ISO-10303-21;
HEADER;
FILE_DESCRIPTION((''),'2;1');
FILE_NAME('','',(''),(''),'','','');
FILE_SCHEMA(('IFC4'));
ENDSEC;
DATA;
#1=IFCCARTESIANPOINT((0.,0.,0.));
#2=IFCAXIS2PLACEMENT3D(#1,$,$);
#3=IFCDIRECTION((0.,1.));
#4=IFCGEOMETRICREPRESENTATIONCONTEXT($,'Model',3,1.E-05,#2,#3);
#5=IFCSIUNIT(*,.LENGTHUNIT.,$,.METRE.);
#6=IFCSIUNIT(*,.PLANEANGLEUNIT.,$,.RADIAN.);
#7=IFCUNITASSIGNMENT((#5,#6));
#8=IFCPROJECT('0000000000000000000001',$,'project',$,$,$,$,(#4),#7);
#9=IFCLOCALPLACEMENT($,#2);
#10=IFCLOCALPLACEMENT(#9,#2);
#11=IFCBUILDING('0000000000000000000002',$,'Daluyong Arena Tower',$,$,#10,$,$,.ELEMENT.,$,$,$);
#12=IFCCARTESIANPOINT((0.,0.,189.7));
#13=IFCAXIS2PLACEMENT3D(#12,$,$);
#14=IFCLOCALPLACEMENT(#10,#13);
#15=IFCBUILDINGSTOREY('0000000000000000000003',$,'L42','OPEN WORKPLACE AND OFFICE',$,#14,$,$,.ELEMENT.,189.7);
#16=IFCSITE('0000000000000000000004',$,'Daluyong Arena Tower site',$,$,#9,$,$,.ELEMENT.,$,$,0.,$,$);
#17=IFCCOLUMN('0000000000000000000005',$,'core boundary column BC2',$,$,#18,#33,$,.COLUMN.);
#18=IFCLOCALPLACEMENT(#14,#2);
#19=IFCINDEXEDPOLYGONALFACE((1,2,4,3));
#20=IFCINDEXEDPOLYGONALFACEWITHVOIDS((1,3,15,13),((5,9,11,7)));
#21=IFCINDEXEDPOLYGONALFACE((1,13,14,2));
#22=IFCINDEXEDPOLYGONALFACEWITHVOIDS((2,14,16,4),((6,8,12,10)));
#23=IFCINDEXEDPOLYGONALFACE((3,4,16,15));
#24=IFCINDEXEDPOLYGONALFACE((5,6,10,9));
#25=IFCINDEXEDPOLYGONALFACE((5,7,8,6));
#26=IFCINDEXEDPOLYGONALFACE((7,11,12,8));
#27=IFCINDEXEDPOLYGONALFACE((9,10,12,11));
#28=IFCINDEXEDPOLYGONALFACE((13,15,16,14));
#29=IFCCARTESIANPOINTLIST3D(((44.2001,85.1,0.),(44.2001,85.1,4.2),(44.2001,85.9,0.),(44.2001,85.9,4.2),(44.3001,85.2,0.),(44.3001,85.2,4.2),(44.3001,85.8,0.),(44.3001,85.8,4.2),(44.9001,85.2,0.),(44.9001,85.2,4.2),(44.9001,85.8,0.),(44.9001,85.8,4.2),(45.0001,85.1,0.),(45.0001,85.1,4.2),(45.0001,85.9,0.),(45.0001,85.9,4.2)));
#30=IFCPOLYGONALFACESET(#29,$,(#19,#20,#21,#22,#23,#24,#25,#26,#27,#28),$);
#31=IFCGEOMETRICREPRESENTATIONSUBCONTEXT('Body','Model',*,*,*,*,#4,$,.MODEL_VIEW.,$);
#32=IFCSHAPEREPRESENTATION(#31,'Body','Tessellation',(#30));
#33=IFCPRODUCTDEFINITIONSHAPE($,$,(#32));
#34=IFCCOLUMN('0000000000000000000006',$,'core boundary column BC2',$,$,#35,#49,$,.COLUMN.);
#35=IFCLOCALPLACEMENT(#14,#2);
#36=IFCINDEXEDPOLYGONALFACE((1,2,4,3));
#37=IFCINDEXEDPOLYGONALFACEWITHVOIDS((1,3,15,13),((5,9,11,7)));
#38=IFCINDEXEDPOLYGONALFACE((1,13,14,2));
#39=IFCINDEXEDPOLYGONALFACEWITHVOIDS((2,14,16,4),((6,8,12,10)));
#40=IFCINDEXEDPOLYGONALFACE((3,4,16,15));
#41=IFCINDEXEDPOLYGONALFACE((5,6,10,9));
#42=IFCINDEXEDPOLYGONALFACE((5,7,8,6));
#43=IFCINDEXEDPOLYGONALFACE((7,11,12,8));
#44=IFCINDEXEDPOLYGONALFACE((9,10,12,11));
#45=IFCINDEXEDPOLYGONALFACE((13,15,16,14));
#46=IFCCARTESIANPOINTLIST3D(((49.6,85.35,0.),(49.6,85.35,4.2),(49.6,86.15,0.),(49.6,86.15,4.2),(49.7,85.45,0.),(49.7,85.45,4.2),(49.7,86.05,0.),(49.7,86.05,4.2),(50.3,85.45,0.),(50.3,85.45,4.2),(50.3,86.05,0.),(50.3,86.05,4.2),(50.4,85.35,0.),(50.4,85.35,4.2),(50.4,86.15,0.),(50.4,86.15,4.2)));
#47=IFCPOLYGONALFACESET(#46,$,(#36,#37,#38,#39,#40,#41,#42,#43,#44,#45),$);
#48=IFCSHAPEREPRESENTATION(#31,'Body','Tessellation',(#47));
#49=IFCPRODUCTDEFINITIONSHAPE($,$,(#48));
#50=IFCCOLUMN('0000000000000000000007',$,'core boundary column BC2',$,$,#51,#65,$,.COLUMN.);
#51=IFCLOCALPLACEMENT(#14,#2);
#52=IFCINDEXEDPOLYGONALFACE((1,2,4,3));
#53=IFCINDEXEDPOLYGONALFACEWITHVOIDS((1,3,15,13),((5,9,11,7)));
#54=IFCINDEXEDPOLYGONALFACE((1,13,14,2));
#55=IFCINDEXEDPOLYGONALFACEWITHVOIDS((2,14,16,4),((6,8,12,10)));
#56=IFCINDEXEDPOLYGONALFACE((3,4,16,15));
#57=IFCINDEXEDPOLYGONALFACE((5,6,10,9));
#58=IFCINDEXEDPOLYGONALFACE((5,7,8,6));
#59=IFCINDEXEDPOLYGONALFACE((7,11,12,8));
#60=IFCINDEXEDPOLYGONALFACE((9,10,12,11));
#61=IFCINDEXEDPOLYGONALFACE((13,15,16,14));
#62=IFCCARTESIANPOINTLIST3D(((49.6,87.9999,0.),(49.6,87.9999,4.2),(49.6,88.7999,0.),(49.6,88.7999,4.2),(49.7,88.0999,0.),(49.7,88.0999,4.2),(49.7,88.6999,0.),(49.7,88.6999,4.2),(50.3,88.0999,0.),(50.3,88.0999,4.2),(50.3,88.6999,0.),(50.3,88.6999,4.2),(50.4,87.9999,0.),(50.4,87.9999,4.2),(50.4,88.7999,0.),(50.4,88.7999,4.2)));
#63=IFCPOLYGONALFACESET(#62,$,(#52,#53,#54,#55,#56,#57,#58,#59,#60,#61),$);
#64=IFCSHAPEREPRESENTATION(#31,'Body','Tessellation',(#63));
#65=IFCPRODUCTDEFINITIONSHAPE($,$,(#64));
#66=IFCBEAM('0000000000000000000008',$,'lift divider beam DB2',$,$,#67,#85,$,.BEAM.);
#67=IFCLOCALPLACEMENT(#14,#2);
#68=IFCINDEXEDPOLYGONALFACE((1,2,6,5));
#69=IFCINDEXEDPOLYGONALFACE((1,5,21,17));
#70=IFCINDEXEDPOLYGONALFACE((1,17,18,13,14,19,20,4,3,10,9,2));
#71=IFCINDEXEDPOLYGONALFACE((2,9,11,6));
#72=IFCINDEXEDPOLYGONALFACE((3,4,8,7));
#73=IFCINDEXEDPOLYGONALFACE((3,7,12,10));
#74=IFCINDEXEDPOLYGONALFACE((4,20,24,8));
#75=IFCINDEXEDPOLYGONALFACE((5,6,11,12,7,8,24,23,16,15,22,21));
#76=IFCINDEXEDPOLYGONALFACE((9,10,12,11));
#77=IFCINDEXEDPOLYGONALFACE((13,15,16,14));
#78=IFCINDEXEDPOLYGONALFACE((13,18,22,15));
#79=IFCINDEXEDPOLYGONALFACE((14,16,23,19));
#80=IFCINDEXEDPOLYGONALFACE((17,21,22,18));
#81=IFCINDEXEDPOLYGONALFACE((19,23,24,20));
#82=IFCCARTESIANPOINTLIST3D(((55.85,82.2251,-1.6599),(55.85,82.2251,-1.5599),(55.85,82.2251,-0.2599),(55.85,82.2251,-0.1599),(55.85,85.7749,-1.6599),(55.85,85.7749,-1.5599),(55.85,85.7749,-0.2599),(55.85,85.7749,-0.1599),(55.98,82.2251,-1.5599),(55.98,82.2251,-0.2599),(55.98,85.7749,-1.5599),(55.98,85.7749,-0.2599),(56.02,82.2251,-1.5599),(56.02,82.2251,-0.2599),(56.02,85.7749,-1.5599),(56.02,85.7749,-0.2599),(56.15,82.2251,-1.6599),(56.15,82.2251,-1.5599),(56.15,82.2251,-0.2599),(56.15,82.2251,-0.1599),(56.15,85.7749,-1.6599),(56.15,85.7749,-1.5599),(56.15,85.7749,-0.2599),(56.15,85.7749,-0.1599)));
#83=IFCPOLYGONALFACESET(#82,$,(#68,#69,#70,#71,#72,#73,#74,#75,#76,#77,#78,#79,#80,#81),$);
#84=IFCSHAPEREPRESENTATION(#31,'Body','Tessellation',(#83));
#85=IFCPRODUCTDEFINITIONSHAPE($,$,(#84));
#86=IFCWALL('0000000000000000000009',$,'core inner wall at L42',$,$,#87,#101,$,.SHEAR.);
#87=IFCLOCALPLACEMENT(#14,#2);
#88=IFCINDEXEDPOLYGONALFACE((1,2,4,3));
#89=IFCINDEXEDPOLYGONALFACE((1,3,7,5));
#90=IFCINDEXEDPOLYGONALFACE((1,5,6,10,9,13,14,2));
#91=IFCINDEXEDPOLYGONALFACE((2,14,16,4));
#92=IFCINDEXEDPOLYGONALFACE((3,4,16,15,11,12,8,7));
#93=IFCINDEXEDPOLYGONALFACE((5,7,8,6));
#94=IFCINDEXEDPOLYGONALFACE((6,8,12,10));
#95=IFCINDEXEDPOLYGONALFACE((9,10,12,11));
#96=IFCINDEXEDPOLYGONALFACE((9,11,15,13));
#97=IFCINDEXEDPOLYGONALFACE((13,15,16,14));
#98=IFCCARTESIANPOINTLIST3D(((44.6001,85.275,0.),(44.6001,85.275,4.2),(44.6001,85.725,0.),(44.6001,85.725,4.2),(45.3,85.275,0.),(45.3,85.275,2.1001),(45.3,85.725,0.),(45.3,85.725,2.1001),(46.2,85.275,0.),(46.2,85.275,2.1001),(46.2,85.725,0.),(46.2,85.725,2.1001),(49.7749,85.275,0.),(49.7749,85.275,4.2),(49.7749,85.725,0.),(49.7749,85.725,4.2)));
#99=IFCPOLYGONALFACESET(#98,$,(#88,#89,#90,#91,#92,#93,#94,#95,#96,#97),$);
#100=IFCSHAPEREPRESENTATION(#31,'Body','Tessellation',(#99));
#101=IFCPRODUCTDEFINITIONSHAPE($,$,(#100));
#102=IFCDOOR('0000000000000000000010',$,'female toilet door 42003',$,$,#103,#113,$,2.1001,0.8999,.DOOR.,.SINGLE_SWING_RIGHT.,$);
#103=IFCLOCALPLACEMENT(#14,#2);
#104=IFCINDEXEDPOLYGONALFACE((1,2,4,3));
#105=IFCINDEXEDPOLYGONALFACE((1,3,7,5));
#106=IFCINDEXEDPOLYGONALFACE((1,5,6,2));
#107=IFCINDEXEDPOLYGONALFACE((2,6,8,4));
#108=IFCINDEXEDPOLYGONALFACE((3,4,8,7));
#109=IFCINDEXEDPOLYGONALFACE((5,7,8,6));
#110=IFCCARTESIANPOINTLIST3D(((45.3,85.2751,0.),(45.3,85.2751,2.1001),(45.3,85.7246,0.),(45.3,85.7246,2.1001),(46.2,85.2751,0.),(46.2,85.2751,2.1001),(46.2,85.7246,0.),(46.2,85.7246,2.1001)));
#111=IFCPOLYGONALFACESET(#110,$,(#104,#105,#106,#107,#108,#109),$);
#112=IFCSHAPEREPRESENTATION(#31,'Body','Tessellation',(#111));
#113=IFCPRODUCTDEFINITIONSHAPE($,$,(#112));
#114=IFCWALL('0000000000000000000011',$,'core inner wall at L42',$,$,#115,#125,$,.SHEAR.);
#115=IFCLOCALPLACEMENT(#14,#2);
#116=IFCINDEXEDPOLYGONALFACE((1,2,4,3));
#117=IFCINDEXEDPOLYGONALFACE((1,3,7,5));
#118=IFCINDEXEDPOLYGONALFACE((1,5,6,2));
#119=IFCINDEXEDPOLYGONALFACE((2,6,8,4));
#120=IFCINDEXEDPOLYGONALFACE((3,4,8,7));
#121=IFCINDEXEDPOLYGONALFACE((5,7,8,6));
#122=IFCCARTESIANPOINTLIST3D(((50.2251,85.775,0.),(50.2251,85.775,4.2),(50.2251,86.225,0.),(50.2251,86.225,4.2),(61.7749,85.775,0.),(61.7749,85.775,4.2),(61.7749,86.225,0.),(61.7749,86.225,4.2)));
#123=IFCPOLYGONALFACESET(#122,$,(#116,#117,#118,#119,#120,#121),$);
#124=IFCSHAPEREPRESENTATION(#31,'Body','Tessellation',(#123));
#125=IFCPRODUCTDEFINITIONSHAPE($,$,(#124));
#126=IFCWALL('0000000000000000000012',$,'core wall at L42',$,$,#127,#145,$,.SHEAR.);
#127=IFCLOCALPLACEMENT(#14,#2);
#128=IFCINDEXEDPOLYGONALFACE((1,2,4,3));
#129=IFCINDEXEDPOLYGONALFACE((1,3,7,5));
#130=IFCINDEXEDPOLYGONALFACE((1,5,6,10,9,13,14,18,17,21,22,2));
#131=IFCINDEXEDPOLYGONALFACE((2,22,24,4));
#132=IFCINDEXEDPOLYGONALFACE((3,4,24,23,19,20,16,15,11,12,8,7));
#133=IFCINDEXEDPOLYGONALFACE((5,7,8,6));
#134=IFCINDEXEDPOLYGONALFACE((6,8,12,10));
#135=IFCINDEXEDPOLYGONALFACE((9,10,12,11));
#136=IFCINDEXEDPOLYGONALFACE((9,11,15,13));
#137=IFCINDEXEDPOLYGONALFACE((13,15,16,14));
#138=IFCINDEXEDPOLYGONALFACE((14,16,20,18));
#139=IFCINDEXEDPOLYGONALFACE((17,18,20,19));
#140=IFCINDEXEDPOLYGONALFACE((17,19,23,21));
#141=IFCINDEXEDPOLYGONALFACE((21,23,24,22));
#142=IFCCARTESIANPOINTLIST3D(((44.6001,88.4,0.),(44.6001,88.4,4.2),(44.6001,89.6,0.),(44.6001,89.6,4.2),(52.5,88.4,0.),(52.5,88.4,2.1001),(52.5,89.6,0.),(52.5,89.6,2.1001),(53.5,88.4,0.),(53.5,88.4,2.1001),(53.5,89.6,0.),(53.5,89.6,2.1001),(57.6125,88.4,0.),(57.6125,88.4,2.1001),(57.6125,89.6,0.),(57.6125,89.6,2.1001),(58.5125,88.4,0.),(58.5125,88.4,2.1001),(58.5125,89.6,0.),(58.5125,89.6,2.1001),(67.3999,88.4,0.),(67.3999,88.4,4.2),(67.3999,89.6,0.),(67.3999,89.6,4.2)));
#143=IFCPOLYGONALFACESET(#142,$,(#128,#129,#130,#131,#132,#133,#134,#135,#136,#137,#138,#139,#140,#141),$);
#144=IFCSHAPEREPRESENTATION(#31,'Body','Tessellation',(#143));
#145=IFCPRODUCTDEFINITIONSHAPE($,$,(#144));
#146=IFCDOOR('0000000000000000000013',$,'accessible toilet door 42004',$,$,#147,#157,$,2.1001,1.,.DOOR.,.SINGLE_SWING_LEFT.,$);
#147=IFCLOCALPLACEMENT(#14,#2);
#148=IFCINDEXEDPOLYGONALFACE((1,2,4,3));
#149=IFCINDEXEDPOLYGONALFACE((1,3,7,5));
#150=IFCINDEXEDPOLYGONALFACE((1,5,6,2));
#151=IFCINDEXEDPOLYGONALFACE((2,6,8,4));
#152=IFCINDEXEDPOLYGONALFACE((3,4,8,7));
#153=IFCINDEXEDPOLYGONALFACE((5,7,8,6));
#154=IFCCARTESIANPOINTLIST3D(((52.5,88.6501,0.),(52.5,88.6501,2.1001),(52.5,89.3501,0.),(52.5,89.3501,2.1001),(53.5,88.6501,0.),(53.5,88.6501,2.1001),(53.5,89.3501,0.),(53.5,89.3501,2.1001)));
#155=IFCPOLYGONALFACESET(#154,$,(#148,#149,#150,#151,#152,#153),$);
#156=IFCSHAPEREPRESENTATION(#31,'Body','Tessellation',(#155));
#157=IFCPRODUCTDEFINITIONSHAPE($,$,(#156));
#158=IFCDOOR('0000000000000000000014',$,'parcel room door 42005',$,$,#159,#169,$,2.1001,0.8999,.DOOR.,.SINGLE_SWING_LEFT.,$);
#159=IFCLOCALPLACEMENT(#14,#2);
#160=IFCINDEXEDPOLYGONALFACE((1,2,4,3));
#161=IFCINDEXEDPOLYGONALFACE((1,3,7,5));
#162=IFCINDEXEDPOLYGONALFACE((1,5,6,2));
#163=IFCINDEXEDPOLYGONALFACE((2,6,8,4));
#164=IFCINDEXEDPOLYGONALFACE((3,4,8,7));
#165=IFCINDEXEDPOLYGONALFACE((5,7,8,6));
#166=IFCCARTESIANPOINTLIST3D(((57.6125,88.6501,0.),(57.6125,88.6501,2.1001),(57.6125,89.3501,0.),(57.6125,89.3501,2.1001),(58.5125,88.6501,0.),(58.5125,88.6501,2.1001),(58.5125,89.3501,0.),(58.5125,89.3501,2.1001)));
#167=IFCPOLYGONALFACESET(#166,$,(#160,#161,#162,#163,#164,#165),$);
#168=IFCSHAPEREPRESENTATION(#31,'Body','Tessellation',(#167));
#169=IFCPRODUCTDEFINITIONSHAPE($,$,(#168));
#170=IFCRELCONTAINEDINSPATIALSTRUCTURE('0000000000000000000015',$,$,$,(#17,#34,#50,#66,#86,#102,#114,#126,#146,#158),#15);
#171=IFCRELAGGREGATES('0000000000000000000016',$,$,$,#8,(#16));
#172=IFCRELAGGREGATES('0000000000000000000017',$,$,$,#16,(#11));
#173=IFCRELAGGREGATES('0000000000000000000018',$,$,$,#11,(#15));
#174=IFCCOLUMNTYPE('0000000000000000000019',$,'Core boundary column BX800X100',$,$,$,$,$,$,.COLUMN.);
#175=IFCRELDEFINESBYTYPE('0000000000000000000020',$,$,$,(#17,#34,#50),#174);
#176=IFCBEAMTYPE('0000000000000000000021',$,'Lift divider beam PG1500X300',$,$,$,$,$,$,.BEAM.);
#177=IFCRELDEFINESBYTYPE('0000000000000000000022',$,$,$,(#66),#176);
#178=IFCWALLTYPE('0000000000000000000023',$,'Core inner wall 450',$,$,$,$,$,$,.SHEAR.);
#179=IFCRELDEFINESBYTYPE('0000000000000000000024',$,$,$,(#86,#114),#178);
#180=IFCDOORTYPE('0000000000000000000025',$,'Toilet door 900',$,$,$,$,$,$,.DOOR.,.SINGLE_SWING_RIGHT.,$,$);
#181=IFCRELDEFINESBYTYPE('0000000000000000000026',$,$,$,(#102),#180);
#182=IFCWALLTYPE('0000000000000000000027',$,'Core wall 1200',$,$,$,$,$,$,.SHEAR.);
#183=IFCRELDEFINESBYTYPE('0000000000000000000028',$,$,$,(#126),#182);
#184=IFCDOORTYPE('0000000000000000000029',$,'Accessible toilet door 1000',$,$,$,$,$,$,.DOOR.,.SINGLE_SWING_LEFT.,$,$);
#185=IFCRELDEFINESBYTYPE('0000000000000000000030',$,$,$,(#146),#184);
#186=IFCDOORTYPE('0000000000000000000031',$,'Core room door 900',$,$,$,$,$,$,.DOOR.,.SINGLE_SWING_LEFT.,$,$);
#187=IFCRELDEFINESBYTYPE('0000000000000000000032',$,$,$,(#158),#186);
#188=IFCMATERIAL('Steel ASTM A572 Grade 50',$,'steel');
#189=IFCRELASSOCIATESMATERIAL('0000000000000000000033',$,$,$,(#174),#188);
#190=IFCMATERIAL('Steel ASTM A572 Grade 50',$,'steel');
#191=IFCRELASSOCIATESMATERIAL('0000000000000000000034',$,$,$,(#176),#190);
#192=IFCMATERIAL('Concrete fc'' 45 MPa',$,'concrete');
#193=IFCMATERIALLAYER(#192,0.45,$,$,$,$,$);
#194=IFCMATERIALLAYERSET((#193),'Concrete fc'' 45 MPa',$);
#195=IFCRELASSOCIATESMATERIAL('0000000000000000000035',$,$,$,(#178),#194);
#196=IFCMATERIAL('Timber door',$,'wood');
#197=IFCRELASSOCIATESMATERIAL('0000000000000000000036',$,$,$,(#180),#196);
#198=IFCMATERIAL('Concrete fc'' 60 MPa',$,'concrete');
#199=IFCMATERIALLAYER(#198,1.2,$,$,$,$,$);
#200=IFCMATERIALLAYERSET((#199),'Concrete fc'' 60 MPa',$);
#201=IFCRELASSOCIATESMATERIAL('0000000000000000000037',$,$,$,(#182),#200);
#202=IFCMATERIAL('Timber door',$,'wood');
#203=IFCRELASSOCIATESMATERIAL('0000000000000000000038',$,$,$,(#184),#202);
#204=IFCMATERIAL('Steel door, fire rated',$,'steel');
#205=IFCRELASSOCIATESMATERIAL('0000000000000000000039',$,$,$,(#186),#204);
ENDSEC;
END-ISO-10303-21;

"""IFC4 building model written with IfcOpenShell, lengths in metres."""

from ifc_helpers import new_model, si_unit, direction, frame, frame_2d, origin, origin_2d, place, context, subcontext, project, spatial, rectangle, hollow_rectangle, i_section, extrude, material, layer, layer_set, material_profile, profile_set, type_object, element, fill, save


model = new_model("IFC4")

# Units and contexts
model_context = context("Model", 3, precision=1e-05, world=origin(), true_north=direction((0.0, 1.0)))
body_context = subcontext(model_context, "Body", "Model", "MODEL_VIEW")
ifc_project = project(units=[si_unit("LENGTHUNIT", "METRE"), si_unit("PLANEANGLEUNIT", "RADIAN")], contexts=[model_context])

# Site, building, storey
site_placement = place(None, origin())
site = spatial("IfcSite", under=ifc_project, at=site_placement, Name="Daluyong Arena Tower site", CompositionType="ELEMENT", RefElevation=0.0)
building_placement = place(site_placement, origin())
building = spatial("IfcBuilding", under=site, at=building_placement, Name="Daluyong Arena Tower", CompositionType="ELEMENT")
storey_placement = place(building_placement, frame((0.0, 0.0, 189.7)))
storey = spatial("IfcBuildingStorey", under=building, at=storey_placement, Name="L42", Description="OPEN WORKPLACE AND OFFICE", CompositionType="ELEMENT", Elevation=189.7)

# Columns
ifc_material_1 = material(Name="Steel ASTM A572 Grade 50", Category="steel")
ifc_material_profile_1 = material_profile(ifc_material_1, hollow_rectangle(XDim=0.8, YDim=0.8, WallThickness=0.1, at=origin_2d()))
ifc_profile_set_1 = profile_set([ifc_material_profile_1], Name="Steel ASTM A572 Grade 50")
column_type = type_object("IfcColumnType", Name="Core boundary column BX800X100", PredefinedType="COLUMN", material=ifc_profile_set_1)
for number, where, z_axis, x_axis, name in (
    (1, (44.6001, 85.5, 0.0), (0.0, 0.0, 1.0), (1.0, 0.0, 0.0), "core boundary column BC2"),
    (2, (50.0, 85.75, 0.0), (0.0, 0.0, 1.0), (1.0, 0.0, 0.0), "core boundary column BC2"),
    (3, (50.0, 88.3999, 0.0), (0.0, 0.0, 1.0), (1.0, 0.0, 0.0), "core boundary column BC2"),
):
    element("IfcColumn", number, at=place(storey_placement, frame(where, z_axis=z_axis, x_axis=x_axis)), inside=storey, type_object=column_type, Name=name, PredefinedType="COLUMN", context=body_context, shape_type="SweptSolid", body=[
        extrude(hollow_rectangle(XDim=0.8, YDim=0.8, WallThickness=0.1, at=origin_2d()), origin(), (0.0, 0.0, 1.0), 4.2),
    ])

# Beam
ifc_material_2 = material(Name="Steel ASTM A572 Grade 50", Category="steel")
ifc_material_profile_2 = material_profile(ifc_material_2, i_section(OverallWidth=0.3, OverallDepth=1.5, WebThickness=0.04, FlangeThickness=0.1, at=origin_2d()))
ifc_profile_set_2 = profile_set([ifc_material_profile_2], Name="Steel ASTM A572 Grade 50")
beam_type = type_object("IfcBeamType", Name="Lift divider beam PG1500X300", PredefinedType="BEAM", material=ifc_profile_set_2)
beam_placement = place(storey_placement, frame((56.0, 82.2251, -0.9099), z_axis=(0.0, 1.0, 0.0), x_axis=(-1.0, 0.0, 0.0)))
element("IfcBeam", 4, at=beam_placement, inside=storey, type_object=beam_type, Name="lift divider beam DB2", PredefinedType="BEAM", context=body_context, shape_type="SweptSolid", body=[
    extrude(i_section(OverallWidth=0.3, OverallDepth=1.5, WebThickness=0.04, FlangeThickness=0.1, at=origin_2d()), origin(), (0.0, 0.0, 1.0), 3.5498),
])

# Wall, opening, door
ifc_material_3 = material(Name="Concrete fc' 45 MPa", Category="concrete")
ifc_layer_1 = layer(ifc_material_3, 0.45)
ifc_layer_set_1 = layer_set([ifc_layer_1], Name="Concrete fc' 45 MPa")
wall_type_1 = type_object("IfcWallType", Name="Core inner wall 450", PredefinedType="SHEAR", material=ifc_layer_set_1)
wall_1_placement = place(storey_placement, frame((44.6001, 85.5, 0.0), z_axis=(0.0, 0.0, 1.0), x_axis=(1.0, 0.0, 0.0)))
wall_1 = element("IfcWall", 5, at=wall_1_placement, inside=storey, type_object=wall_type_1, Name="core inner wall at L42", PredefinedType="SHEAR", context=body_context, shape_type="SweptSolid", body=[
    extrude(rectangle(XDim=5.1748, YDim=0.45, at=frame_2d((2.5874, 0.0))), origin(), (0.0, 0.0, 1.0), 4.2),
])
opening_1_placement = place(wall_1_placement, frame((0.7, 0.0, 0.0)))
opening_1 = element("IfcOpeningElement", 6, at=opening_1_placement, cuts=wall_1, PredefinedType="OPENING", context=body_context, shape_type="SweptSolid", body=[
    extrude(rectangle(XDim=0.8999, YDim=2.1001, at=frame_2d((0.45, 1.05))), frame((0.0, 0.2349, 0.0), z_axis=(0.0, -1.0, 0.0), x_axis=(1.0, 0.0, 0.0)), (0.0, 0.0, 1.0), 0.47),
])
ifc_material_4 = material(Name="Timber door", Category="wood")
door_type_1 = type_object("IfcDoorType", Name="Toilet door 900", OperationType="SINGLE_SWING_RIGHT", PredefinedType="DOOR", material=ifc_material_4)
door_1_placement = place(opening_1_placement, origin())
door_1 = element("IfcDoor", 7, at=door_1_placement, inside=storey, type_object=door_type_1, Name="female toilet door 42003", OperationType="SINGLE_SWING_RIGHT", OverallHeight=2.1001, OverallWidth=0.8999, PredefinedType="DOOR", context=body_context, shape_type="SweptSolid", body=[
    extrude(rectangle(XDim=0.8999, YDim=2.1001, at=frame_2d((0.45, 1.05))), frame((0.0, 0.2246, 0.0), z_axis=(0.0, -1.0, 0.0), x_axis=(1.0, 0.0, 0.0)), (0.0, 0.0, 1.0), 0.4495),
])
fill(opening_1, door_1)

# Wall
wall_2_placement = place(storey_placement, frame((50.2251, 86.0, 0.0), z_axis=(0.0, 0.0, 1.0), x_axis=(1.0, 0.0, 0.0)))
element("IfcWall", 8, at=wall_2_placement, inside=storey, type_object=wall_type_1, Name="core inner wall at L42", PredefinedType="SHEAR", context=body_context, shape_type="SweptSolid", body=[
    extrude(rectangle(XDim=11.5498, YDim=0.45, at=frame_2d((5.7749, 0.0))), origin(), (0.0, 0.0, 1.0), 4.2),
])

# Wall, openings, doors
ifc_material_5 = material(Name="Concrete fc' 60 MPa", Category="concrete")
ifc_layer_2 = layer(ifc_material_5, 1.2)
ifc_layer_set_2 = layer_set([ifc_layer_2], Name="Concrete fc' 60 MPa")
wall_type_2 = type_object("IfcWallType", Name="Core wall 1200", PredefinedType="SHEAR", material=ifc_layer_set_2)
wall_3_placement = place(storey_placement, frame((44.6001, 89.0, 0.0), z_axis=(0.0, 0.0, 1.0), x_axis=(1.0, 0.0, 0.0)))
wall_3 = element("IfcWall", 9, at=wall_3_placement, inside=storey, type_object=wall_type_2, Name="core wall at L42", PredefinedType="SHEAR", context=body_context, shape_type="SweptSolid", body=[
    extrude(rectangle(XDim=22.7998, YDim=1.2, at=frame_2d((11.3999, 0.0))), origin(), (0.0, 0.0, 1.0), 4.2),
])
opening_2_placement = place(wall_3_placement, frame((7.8999, 0.0, 0.0)))
opening_2 = element("IfcOpeningElement", 10, at=opening_2_placement, cuts=wall_3, PredefinedType="OPENING", context=body_context, shape_type="SweptSolid", body=[
    extrude(rectangle(XDim=1.0, YDim=2.1001, at=frame_2d((0.5, 1.05))), frame((0.0, 0.6099, 0.0), z_axis=(0.0, -1.0, 0.0), x_axis=(1.0, 0.0, 0.0)), (0.0, 0.0, 1.0), 1.22),
])
opening_3_placement = place(wall_3_placement, frame((13.0125, 0.0, 0.0)))
opening_3 = element("IfcOpeningElement", 11, at=opening_3_placement, cuts=wall_3, PredefinedType="OPENING", context=body_context, shape_type="SweptSolid", body=[
    extrude(rectangle(XDim=0.8999, YDim=2.1001, at=frame_2d((0.45, 1.05))), frame((0.0, 0.6099, 0.0), z_axis=(0.0, -1.0, 0.0), x_axis=(1.0, 0.0, 0.0)), (0.0, 0.0, 1.0), 1.22),
])
ifc_material_6 = material(Name="Timber door", Category="wood")
door_type_2 = type_object("IfcDoorType", Name="Accessible toilet door 1000", OperationType="SINGLE_SWING_LEFT", PredefinedType="DOOR", material=ifc_material_6)
door_2_placement = place(opening_2_placement, origin())
door_2 = element("IfcDoor", 12, at=door_2_placement, inside=storey, type_object=door_type_2, Name="accessible toilet door 42004", OperationType="SINGLE_SWING_LEFT", OverallHeight=2.1001, OverallWidth=1.0, PredefinedType="DOOR", context=body_context, shape_type="SweptSolid", body=[
    extrude(rectangle(XDim=1.0, YDim=2.1001, at=frame_2d((0.5, 1.05))), frame((0.0, 0.3501, 0.0), z_axis=(0.0, -1.0, 0.0), x_axis=(1.0, 0.0, 0.0)), (0.0, 0.0, 1.0), 0.7),
])
fill(opening_2, door_2)
ifc_material_7 = material(Name="Steel door, fire rated", Category="steel")
door_type_3 = type_object("IfcDoorType", Name="Core room door 900", OperationType="SINGLE_SWING_LEFT", PredefinedType="DOOR", material=ifc_material_7)
door_3_placement = place(opening_3_placement, origin())
door_3 = element("IfcDoor", 13, at=door_3_placement, inside=storey, type_object=door_type_3, Name="parcel room door 42005", OperationType="SINGLE_SWING_LEFT", OverallHeight=2.1001, OverallWidth=0.8999, PredefinedType="DOOR", context=body_context, shape_type="SweptSolid", body=[
    extrude(rectangle(XDim=0.8999, YDim=2.1001, at=frame_2d((0.45, 1.05))), frame((0.0, 0.3501, 0.0), z_axis=(0.0, -1.0, 0.0), x_axis=(1.0, 0.0, 0.0)), (0.0, 0.0, 1.0), 0.7),
])
fill(opening_3, door_3)

save(model, "model.ifc")
